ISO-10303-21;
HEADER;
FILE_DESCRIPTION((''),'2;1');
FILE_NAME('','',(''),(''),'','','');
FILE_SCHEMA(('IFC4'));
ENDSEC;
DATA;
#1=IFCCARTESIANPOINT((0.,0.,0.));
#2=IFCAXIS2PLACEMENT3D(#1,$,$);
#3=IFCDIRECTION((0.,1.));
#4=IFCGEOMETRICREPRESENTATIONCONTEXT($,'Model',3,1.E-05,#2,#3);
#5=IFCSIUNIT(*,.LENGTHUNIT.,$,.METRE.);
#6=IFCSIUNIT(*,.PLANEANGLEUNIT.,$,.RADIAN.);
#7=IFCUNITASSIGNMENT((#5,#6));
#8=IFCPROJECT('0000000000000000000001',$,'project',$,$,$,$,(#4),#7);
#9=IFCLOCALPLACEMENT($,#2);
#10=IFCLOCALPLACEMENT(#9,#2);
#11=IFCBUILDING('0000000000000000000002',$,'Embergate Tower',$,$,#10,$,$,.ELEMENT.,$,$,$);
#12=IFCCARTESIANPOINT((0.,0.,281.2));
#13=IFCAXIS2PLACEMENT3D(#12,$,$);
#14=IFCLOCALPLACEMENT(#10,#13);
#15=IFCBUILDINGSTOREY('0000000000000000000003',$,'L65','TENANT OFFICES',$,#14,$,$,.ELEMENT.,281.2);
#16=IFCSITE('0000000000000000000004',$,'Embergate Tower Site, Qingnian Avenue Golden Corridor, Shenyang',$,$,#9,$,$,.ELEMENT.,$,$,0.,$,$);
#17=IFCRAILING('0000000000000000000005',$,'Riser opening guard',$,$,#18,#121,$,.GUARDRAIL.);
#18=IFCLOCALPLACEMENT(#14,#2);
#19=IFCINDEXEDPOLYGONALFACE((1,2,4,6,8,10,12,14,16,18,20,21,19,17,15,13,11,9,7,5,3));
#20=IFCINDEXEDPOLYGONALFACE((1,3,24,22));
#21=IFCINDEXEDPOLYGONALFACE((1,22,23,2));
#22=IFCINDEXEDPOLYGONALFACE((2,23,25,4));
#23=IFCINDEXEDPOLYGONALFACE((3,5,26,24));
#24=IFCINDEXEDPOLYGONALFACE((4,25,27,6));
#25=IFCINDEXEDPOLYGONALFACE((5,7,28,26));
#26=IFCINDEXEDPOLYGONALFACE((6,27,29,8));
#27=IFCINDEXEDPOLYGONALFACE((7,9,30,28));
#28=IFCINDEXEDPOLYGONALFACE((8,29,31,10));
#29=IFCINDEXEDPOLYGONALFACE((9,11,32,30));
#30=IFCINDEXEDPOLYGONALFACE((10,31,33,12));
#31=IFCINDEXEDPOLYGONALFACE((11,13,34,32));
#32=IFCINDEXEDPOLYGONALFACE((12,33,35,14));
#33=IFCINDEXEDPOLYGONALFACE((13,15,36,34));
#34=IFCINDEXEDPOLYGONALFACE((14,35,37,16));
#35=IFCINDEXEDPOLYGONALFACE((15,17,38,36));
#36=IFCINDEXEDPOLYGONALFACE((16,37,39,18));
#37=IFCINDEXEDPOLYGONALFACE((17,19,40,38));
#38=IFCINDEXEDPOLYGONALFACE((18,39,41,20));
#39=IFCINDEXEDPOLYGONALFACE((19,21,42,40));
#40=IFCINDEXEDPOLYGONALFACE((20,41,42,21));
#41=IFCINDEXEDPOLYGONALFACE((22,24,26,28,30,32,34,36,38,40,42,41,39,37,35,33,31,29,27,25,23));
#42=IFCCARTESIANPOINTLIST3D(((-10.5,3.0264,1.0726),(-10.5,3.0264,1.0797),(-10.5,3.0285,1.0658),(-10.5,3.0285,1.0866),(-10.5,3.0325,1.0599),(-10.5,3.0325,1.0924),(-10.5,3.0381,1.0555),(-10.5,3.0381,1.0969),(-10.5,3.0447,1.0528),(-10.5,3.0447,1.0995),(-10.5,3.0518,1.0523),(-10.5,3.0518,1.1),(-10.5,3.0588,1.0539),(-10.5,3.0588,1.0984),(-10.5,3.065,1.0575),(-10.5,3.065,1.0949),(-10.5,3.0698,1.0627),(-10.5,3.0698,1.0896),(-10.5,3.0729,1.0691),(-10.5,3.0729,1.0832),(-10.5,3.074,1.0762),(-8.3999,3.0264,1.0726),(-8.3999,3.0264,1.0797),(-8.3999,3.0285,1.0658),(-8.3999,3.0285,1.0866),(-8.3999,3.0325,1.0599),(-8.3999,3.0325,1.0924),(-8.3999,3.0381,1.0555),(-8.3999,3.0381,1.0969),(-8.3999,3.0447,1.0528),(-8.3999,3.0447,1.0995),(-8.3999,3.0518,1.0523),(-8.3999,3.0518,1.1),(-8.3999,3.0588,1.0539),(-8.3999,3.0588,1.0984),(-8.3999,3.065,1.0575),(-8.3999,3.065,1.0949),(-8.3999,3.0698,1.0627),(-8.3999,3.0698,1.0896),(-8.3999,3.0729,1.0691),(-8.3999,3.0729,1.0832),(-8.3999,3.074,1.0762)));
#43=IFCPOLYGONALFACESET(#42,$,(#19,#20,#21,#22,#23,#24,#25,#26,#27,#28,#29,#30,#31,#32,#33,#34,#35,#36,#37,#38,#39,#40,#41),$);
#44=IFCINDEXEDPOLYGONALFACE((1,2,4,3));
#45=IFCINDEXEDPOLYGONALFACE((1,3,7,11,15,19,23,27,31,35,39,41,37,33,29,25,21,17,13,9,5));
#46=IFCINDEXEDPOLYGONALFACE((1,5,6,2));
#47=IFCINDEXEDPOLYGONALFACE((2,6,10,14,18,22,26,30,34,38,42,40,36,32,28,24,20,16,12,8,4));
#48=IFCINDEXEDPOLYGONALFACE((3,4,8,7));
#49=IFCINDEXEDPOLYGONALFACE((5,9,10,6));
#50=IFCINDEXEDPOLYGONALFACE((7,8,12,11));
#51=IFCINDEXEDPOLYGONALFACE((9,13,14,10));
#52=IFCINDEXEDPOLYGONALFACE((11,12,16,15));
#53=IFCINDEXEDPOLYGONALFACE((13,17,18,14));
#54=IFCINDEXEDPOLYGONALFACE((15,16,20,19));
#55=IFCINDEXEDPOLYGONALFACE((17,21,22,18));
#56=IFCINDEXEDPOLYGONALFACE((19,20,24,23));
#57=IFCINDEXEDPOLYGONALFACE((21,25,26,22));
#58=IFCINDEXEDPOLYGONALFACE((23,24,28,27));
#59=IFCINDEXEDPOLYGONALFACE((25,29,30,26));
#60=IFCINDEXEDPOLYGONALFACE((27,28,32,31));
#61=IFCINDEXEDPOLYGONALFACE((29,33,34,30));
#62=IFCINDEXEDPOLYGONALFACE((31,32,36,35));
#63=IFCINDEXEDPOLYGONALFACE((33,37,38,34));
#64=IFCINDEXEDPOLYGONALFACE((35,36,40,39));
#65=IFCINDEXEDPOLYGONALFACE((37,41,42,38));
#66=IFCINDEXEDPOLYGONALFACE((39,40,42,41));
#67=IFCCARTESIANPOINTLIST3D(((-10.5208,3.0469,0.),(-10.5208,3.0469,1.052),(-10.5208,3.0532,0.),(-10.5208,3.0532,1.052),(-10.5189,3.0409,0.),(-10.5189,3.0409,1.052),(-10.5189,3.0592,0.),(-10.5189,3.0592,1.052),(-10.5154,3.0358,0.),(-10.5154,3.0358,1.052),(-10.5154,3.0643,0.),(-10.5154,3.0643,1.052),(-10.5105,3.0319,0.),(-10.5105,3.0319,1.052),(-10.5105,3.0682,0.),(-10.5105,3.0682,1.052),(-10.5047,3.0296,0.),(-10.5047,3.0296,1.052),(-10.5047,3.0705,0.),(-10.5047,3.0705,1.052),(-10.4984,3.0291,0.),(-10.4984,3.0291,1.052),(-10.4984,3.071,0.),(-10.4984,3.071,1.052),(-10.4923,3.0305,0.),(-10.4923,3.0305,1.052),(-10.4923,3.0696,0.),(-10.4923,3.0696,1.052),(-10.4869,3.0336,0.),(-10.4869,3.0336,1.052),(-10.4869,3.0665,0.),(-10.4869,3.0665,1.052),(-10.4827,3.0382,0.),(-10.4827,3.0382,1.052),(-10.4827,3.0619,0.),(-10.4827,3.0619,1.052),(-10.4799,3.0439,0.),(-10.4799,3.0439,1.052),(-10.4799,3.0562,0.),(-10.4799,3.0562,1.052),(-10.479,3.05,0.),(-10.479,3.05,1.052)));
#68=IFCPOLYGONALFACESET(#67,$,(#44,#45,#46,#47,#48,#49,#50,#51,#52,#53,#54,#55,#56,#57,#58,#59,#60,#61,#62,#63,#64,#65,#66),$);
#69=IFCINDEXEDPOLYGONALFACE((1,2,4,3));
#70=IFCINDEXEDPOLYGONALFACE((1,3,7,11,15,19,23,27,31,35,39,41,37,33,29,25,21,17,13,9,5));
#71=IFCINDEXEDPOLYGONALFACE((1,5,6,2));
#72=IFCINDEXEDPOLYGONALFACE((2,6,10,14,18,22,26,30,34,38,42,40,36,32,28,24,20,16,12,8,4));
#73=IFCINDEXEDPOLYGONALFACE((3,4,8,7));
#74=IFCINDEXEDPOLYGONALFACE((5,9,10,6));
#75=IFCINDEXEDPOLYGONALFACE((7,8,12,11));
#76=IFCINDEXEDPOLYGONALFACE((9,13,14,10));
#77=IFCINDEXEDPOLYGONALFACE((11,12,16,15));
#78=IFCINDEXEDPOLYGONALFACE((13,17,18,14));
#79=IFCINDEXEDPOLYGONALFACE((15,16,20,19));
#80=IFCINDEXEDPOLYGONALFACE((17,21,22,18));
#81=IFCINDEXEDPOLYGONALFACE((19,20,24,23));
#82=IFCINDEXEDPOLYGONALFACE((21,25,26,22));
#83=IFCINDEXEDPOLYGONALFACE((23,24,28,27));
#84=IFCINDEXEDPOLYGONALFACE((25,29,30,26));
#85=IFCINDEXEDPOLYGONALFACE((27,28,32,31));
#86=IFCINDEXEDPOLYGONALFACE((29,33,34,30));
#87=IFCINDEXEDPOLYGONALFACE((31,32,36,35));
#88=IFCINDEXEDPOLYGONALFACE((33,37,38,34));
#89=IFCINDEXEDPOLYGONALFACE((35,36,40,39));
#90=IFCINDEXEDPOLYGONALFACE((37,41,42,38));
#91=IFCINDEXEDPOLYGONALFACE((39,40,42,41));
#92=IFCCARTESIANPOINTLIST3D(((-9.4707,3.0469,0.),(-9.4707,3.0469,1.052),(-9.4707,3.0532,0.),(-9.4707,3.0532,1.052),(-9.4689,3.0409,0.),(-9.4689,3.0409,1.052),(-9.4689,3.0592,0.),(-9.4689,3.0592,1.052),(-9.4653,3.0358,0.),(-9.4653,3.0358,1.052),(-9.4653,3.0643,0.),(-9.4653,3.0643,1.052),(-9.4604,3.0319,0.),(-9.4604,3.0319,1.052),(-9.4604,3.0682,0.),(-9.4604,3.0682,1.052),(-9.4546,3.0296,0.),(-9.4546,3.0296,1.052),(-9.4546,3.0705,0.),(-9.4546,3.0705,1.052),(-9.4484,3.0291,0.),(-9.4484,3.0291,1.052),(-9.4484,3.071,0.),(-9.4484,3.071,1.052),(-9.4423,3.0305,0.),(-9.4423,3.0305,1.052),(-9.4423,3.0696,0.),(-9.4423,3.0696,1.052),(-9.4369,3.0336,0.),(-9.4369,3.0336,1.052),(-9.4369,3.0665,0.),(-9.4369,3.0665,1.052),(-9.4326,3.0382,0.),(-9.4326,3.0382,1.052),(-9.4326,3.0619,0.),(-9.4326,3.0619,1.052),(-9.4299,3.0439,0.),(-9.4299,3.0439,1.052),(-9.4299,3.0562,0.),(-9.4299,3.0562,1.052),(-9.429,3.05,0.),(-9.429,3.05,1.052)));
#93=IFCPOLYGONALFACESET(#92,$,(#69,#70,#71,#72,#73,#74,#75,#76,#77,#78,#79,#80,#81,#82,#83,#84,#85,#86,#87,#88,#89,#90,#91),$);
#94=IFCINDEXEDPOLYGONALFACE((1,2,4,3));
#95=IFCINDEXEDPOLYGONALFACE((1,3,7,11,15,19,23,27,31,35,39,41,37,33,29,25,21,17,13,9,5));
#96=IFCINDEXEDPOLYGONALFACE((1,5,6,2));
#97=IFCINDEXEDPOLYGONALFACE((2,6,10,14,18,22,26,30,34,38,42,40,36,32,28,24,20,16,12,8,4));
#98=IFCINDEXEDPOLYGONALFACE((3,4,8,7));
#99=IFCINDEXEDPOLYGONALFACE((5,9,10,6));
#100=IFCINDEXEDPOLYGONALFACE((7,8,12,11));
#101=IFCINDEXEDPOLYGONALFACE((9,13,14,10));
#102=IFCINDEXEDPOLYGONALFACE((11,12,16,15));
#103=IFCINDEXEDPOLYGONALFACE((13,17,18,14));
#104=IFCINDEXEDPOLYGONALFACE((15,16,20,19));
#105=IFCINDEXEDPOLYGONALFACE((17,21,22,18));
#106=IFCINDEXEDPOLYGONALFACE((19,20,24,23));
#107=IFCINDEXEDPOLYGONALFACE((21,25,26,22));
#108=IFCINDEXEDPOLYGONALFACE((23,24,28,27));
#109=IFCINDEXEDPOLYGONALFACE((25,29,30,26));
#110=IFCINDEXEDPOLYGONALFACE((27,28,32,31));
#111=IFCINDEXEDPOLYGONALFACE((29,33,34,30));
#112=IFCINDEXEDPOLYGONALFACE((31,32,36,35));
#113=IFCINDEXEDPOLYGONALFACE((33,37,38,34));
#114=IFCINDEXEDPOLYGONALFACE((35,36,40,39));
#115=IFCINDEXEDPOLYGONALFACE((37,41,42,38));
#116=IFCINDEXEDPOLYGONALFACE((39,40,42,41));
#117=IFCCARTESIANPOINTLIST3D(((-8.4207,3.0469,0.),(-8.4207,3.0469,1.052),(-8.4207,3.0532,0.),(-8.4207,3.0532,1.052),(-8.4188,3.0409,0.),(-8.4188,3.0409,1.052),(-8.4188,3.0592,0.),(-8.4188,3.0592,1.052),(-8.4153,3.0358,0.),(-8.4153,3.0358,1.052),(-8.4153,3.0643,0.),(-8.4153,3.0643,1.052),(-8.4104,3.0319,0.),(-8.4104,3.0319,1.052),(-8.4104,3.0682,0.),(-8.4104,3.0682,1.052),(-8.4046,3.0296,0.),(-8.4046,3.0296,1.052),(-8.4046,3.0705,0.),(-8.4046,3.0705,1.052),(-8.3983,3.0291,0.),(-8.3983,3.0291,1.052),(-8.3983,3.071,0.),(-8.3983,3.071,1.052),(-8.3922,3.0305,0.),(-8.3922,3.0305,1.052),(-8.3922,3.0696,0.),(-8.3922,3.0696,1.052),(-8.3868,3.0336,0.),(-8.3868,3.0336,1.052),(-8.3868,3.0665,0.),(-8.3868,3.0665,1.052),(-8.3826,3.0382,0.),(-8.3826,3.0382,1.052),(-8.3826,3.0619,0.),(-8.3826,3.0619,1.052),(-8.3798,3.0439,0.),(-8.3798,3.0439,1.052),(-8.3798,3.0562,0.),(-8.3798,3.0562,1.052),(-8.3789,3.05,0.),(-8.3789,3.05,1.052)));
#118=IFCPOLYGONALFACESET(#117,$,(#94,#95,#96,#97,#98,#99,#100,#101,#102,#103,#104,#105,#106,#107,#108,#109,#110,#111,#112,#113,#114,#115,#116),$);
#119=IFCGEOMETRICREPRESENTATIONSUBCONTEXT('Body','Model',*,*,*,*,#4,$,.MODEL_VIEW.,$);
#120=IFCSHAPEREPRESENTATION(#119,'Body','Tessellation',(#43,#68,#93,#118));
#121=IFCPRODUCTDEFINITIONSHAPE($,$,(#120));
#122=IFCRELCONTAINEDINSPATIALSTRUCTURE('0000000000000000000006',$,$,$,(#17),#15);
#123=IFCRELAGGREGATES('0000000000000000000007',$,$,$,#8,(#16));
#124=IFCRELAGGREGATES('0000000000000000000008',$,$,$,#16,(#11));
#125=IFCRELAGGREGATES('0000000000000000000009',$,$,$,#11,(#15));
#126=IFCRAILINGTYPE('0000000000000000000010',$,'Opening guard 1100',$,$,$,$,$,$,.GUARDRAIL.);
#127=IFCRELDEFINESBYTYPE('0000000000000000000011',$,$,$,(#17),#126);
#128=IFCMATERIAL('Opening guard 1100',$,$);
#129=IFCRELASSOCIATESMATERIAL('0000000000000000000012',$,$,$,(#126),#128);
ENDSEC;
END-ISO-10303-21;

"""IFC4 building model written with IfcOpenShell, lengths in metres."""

from ifc_helpers import new_model, si_unit, direction, frame, origin, origin_2d, place, context, subcontext, project, spatial, circle, extrude, source, transform, mapped, material, type_object, element, save


model = new_model("IFC4")

# Units and contexts
model_context = context("Model", 3, precision=1e-05, world=origin(), true_north=direction((0.0, 1.0)))
body_context = subcontext(model_context, "Body", "Model", "MODEL_VIEW")
ifc_project = project(units=[si_unit("LENGTHUNIT", "METRE"), si_unit("PLANEANGLEUNIT", "RADIAN")], contexts=[model_context])

# Site, building, storey
site_placement = place(None, origin())
site = spatial("IfcSite", under=ifc_project, at=site_placement, Name="Embergate Tower Site, Qingnian Avenue Golden Corridor, Shenyang", CompositionType="ELEMENT", RefElevation=0.0)
building_placement = place(site_placement, origin())
building = spatial("IfcBuilding", under=site, at=building_placement, Name="Embergate Tower", CompositionType="ELEMENT")
storey_placement = place(building_placement, frame((0.0, 0.0, 281.2)))
storey = spatial("IfcBuildingStorey", under=building, at=storey_placement, Name="L65", Description="TENANT OFFICES", CompositionType="ELEMENT", Elevation=281.2)

# Railing
ifc_material_1 = material(Name="Opening guard 1100")
railing_type = type_object("IfcRailingType", Name="Opening guard 1100", PredefinedType="GUARDRAIL", material=ifc_material_1)
shared_shape_1 = source(origin(), body_context, "Body", "SweptSolid", [
    extrude(circle(Radius=0.0239, at=origin_2d()), frame((0.0, 0.0, 1.0762), z_axis=(1.0, 0.0, 0.0), x_axis=(0.0, 1.0, 0.0)), (0.0, 0.0, 1.0), 2.1001),
    extrude(circle(Radius=0.021, at=origin_2d()), origin(), (0.0, 0.0, 1.0), 1.052),
    extrude(circle(Radius=0.021, at=origin_2d()), frame((1.05, 0.0, 0.0)), (0.0, 0.0, 1.0), 1.052),
    extrude(circle(Radius=0.021, at=origin_2d()), frame((2.1001, 0.0, 0.0)), (0.0, 0.0, 1.0), 1.052),
])
railing_1_placement = place(storey_placement, frame((-10.5, 3.05, 0.0)))
element("IfcRailing", 1, at=railing_1_placement, inside=storey, type_object=railing_type, Name="Riser opening guard", PredefinedType="GUARDRAIL", context=body_context, shape_type="MappedRepresentation", body=[
    mapped(shared_shape_1, transform((0.0, 0.0, 0.0))),
])

save(model, "model.ifc")
